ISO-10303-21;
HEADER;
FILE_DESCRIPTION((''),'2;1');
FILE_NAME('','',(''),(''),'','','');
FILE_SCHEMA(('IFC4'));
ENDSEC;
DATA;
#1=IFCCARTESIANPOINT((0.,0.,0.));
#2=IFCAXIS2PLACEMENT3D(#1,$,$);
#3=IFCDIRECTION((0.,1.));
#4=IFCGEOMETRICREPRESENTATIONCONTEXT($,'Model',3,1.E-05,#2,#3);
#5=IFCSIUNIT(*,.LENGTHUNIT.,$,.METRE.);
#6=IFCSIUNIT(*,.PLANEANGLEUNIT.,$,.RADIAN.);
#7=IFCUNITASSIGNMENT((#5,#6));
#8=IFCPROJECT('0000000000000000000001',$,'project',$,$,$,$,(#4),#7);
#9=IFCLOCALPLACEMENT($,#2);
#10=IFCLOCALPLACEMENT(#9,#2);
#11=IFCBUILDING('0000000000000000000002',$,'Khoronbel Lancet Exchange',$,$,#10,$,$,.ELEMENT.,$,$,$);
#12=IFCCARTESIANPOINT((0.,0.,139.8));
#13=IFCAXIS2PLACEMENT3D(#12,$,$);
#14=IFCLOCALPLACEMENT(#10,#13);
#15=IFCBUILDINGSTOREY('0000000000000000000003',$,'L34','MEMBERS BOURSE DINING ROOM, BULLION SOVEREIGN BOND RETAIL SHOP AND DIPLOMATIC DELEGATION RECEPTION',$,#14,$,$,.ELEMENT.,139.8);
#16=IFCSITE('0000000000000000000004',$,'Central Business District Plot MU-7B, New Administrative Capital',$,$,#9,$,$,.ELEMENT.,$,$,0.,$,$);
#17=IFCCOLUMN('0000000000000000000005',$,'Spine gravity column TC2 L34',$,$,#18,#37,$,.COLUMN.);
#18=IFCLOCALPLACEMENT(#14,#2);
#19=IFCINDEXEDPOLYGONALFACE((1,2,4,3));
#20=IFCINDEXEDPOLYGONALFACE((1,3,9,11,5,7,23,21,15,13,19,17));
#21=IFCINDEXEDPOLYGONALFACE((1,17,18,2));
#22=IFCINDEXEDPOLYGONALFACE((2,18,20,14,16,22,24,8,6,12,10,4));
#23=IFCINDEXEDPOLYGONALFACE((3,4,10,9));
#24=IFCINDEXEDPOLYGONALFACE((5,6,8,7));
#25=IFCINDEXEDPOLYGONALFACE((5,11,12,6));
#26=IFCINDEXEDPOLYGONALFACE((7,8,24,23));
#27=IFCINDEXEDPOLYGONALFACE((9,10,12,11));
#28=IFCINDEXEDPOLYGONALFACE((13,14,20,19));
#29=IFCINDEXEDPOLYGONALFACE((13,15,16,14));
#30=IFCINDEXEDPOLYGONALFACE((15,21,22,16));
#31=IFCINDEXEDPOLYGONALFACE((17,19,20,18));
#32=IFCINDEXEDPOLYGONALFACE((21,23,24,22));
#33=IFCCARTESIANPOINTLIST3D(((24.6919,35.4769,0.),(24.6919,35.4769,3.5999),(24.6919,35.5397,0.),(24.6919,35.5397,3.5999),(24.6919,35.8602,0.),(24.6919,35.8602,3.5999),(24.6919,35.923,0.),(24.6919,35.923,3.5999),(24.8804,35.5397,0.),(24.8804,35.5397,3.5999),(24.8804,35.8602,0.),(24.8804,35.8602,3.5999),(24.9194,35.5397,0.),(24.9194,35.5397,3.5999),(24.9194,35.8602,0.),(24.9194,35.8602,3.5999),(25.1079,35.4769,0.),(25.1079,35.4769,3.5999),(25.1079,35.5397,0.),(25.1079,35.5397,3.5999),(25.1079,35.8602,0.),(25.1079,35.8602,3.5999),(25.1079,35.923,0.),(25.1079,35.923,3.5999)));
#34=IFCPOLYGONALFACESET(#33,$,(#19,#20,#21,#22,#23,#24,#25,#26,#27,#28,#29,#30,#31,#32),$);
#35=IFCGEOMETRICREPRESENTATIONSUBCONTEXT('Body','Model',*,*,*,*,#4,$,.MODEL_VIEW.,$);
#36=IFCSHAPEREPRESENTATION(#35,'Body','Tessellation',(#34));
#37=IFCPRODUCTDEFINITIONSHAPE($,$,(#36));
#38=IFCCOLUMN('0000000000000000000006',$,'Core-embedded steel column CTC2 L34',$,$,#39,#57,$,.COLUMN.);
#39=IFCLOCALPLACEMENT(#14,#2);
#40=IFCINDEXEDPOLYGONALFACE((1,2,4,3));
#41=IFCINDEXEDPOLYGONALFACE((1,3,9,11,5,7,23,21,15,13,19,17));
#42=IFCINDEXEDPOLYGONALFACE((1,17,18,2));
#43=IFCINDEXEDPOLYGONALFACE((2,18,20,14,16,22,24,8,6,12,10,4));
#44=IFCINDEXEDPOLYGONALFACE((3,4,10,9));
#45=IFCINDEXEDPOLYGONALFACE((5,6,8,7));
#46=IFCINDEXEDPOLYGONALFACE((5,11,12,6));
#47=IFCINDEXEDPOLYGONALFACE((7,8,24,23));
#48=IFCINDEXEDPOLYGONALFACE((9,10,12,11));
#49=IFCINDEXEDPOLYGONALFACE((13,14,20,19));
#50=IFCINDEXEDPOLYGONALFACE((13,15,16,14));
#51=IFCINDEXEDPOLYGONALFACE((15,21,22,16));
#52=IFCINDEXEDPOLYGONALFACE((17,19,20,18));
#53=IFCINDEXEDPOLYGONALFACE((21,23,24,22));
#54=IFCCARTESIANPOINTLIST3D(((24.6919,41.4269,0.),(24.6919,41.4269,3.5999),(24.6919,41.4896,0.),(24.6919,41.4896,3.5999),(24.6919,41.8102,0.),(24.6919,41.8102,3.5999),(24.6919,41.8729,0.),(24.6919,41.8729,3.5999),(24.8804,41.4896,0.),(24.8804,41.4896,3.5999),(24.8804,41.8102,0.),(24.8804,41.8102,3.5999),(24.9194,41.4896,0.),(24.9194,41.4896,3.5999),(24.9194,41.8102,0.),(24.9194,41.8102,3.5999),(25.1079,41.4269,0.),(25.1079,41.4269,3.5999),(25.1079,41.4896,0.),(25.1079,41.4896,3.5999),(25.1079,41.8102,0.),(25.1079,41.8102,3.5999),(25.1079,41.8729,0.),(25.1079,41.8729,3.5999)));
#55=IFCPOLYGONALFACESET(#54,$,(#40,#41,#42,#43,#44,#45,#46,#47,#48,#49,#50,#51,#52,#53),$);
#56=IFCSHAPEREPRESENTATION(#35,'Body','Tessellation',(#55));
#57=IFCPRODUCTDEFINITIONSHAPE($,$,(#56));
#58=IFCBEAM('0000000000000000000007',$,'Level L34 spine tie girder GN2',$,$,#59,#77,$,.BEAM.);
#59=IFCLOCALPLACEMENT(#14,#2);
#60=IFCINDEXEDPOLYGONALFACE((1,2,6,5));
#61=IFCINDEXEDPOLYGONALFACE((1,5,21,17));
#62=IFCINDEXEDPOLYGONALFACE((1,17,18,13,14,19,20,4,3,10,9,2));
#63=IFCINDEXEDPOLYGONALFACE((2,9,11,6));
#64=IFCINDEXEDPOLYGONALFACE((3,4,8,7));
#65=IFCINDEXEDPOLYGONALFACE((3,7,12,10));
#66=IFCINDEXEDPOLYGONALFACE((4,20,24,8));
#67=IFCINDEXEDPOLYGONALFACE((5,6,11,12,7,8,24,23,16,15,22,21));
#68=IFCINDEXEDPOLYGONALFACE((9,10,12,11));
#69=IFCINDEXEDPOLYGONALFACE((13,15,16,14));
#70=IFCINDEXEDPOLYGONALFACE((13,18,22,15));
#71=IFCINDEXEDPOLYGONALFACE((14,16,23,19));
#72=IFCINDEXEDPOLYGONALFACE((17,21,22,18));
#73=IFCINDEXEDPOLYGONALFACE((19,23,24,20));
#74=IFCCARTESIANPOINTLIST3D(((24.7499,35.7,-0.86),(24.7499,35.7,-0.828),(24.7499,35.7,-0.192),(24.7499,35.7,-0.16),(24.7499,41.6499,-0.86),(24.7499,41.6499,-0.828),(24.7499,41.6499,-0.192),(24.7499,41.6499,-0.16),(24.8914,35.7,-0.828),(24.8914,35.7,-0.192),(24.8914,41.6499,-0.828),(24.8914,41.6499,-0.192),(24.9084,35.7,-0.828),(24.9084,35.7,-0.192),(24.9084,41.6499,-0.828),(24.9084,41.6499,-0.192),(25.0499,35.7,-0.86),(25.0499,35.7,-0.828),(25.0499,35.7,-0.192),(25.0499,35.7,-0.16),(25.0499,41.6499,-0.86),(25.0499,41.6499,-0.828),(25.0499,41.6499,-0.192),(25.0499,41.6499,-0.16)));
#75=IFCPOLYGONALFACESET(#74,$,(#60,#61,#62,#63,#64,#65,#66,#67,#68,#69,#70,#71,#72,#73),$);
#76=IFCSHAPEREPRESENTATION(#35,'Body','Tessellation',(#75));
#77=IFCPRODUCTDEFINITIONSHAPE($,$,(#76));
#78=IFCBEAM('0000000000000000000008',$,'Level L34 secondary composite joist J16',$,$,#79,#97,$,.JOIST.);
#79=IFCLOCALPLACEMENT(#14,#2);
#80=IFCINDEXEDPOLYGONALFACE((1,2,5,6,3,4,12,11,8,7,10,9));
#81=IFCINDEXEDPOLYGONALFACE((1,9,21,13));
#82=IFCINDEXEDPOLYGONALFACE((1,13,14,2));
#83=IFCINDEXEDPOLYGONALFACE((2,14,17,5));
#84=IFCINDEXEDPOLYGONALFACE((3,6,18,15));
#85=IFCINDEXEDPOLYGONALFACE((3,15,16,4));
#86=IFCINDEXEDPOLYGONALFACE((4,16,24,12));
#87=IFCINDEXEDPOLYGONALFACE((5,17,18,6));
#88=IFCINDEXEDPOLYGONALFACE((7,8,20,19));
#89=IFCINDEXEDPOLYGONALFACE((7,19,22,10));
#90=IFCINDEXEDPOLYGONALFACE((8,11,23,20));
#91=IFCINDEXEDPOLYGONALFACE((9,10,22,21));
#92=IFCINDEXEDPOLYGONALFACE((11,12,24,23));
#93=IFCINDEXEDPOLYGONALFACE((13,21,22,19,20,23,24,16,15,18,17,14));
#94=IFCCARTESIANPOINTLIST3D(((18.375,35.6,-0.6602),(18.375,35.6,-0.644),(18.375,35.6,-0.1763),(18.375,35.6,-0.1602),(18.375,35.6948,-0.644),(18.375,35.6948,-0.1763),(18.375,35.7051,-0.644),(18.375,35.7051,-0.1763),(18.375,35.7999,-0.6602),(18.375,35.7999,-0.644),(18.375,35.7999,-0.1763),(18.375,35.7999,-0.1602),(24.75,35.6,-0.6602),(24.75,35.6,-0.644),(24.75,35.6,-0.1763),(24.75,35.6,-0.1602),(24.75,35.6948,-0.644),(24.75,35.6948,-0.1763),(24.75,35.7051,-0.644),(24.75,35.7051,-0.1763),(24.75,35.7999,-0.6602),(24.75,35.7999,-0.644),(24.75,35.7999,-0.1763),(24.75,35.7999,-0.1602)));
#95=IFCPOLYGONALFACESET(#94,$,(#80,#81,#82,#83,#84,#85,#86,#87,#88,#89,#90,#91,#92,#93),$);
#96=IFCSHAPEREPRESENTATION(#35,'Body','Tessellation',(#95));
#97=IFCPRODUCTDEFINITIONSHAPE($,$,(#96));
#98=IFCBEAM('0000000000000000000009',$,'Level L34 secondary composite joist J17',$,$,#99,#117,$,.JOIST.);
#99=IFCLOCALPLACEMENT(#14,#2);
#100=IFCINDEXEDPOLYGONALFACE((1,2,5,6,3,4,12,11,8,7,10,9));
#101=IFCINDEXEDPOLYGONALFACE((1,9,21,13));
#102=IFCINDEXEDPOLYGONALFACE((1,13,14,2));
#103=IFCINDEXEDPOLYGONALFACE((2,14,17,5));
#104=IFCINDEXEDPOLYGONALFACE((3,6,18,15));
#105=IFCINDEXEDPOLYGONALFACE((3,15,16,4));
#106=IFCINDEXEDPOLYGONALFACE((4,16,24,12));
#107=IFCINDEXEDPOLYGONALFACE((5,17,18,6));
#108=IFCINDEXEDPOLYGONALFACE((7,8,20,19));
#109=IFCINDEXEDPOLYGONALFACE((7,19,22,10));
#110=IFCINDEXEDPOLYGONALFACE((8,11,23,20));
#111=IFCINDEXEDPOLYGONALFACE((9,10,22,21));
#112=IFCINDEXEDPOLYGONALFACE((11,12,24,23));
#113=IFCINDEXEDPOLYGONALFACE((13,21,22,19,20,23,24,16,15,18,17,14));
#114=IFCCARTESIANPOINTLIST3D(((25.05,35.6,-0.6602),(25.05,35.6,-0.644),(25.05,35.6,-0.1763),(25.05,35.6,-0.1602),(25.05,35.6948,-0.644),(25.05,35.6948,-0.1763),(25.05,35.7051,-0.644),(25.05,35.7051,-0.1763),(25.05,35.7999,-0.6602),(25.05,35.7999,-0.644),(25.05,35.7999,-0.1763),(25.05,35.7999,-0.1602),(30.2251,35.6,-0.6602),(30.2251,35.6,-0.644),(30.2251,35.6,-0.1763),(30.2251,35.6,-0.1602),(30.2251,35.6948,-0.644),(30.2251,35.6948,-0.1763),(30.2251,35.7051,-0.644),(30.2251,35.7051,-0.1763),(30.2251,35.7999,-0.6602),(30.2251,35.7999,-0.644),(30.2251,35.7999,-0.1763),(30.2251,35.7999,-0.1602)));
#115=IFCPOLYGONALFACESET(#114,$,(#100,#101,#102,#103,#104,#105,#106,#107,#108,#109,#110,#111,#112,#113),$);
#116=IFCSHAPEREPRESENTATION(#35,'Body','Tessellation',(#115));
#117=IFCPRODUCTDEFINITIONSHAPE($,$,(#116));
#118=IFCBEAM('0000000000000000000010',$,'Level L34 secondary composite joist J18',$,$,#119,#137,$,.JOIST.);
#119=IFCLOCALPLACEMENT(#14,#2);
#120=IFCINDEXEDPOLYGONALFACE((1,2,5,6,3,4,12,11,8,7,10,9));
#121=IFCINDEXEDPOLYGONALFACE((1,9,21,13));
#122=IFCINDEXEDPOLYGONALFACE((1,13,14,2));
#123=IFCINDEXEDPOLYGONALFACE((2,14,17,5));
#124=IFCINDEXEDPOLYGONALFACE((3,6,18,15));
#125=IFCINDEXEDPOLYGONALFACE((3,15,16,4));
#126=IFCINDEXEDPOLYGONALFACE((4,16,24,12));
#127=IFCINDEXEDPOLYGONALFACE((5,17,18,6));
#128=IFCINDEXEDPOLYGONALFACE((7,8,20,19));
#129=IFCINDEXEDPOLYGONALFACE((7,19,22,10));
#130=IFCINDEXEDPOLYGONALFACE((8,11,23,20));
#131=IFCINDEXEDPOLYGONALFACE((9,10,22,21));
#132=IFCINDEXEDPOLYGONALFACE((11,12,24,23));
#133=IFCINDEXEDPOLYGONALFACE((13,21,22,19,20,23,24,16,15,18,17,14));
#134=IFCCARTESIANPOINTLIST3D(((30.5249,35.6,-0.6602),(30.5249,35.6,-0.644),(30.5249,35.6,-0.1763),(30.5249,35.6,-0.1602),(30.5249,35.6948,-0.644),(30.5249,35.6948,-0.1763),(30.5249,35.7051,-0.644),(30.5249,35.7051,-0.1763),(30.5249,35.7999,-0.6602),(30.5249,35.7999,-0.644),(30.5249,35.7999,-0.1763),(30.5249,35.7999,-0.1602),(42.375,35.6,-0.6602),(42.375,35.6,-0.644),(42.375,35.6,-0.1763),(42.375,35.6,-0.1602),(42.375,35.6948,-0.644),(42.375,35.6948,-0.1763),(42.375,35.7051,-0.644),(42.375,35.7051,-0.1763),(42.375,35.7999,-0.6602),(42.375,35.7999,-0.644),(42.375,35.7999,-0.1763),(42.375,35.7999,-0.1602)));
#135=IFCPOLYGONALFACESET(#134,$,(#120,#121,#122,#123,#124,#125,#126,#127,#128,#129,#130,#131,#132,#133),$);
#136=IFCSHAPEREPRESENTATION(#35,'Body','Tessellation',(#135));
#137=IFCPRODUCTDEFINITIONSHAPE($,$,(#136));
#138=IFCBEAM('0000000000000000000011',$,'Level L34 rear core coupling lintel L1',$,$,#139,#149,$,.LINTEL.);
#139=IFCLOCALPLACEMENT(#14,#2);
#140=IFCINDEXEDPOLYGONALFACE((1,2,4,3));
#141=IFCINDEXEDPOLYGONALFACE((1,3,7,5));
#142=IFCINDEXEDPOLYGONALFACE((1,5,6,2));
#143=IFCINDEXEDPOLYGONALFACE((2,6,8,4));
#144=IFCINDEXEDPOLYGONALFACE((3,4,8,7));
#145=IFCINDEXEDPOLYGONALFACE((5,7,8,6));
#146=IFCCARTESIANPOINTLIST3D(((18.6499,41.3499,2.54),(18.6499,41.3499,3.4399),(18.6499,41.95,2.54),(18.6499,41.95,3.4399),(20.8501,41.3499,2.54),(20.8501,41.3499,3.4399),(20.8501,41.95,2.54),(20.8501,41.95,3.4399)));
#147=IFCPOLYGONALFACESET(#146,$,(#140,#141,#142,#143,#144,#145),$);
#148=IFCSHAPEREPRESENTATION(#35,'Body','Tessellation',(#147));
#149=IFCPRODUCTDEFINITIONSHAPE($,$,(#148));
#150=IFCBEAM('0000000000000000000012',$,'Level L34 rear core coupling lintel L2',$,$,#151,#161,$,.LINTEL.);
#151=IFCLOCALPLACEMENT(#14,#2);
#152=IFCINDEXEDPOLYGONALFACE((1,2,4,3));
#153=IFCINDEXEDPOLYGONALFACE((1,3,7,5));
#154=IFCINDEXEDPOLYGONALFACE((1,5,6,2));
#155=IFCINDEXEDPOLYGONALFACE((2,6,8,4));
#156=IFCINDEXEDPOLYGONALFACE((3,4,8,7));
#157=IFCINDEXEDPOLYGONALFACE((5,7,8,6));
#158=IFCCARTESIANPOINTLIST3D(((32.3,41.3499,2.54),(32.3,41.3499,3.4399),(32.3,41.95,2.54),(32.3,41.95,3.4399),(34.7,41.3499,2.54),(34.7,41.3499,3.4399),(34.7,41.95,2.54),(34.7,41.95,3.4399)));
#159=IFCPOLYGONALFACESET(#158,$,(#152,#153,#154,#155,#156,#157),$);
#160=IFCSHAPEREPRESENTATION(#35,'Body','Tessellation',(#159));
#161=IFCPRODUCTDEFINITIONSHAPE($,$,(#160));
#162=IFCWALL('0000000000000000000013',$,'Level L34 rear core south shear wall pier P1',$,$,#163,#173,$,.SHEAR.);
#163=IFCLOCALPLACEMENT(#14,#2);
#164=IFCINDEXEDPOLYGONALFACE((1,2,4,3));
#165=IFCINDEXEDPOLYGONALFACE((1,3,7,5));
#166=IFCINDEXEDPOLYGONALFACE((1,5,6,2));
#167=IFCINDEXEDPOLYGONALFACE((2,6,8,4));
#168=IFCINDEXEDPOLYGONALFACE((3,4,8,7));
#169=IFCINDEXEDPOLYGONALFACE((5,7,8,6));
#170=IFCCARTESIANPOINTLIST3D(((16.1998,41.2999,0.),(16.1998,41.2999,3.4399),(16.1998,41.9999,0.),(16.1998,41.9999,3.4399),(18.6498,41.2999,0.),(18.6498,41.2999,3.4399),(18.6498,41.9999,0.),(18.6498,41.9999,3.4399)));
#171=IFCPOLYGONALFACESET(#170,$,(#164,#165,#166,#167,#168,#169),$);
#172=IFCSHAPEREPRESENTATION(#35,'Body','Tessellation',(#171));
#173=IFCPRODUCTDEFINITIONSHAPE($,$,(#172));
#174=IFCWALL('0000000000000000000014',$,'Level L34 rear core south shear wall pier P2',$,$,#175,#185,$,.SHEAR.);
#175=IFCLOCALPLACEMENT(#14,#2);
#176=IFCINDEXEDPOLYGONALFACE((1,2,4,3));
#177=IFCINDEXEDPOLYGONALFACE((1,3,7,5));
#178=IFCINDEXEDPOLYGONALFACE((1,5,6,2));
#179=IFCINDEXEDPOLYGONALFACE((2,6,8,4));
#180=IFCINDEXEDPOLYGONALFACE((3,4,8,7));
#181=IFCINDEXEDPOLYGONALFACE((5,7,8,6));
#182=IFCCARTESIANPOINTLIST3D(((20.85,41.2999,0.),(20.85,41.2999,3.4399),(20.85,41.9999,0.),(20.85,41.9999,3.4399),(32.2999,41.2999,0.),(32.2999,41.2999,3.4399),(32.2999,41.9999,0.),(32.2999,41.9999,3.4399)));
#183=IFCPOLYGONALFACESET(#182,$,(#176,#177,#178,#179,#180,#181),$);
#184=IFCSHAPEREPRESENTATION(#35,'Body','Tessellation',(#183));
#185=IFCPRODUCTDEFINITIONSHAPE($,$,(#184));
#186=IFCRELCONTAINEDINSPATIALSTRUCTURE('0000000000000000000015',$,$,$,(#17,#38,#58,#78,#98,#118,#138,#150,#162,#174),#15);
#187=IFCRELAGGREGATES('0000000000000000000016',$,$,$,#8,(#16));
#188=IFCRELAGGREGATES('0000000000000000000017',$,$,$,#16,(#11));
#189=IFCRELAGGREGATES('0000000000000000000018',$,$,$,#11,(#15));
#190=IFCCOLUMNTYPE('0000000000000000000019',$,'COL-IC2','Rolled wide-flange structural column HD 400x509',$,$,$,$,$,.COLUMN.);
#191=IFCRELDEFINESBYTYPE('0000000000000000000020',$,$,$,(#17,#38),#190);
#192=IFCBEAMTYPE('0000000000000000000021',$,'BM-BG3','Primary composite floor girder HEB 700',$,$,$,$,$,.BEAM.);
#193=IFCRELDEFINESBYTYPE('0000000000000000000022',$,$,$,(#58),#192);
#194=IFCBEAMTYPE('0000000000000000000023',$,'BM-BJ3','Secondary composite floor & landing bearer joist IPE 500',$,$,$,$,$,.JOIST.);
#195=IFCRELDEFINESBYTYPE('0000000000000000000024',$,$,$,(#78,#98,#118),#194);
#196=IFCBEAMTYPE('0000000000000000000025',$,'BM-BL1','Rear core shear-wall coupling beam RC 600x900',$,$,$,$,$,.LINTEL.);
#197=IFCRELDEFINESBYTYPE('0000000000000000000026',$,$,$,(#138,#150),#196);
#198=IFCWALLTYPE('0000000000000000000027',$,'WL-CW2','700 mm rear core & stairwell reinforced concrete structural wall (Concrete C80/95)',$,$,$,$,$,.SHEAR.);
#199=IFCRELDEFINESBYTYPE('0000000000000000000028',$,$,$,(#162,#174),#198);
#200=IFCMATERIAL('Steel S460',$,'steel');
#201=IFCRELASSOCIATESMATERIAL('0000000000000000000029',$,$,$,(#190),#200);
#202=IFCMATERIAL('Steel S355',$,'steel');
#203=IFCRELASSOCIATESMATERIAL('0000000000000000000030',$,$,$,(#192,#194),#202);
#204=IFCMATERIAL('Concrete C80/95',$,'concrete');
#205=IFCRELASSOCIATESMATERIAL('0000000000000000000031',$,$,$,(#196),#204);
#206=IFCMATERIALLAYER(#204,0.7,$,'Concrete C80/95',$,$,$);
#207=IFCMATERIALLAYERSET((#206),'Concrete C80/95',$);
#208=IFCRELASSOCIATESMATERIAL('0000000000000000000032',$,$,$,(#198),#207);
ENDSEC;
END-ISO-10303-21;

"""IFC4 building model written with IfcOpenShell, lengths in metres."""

from ifc_helpers import new_model, si_unit, direction, frame, frame_2d, origin, origin_2d, place, context, subcontext, project, spatial, rectangle, i_section, extrude, material, layer, layer_set, material_profile, profile_set, type_object, element, save


model = new_model("IFC4")

# Units and contexts
model_context = context("Model", 3, precision=1e-05, world=origin(), true_north=direction((0.0, 1.0)))
body_context = subcontext(model_context, "Body", "Model", "MODEL_VIEW")
ifc_project = project(units=[si_unit("LENGTHUNIT", "METRE"), si_unit("PLANEANGLEUNIT", "RADIAN")], contexts=[model_context])

# Site, building, storey
site_placement = place(None, origin())
site = spatial("IfcSite", under=ifc_project, at=site_placement, Name="Central Business District Plot MU-7B, New Administrative Capital", CompositionType="ELEMENT", RefElevation=0.0)
building_placement = place(site_placement, origin())
building = spatial("IfcBuilding", under=site, at=building_placement, Name="Khoronbel Lancet Exchange", CompositionType="ELEMENT")
storey_placement = place(building_placement, frame((0.0, 0.0, 139.8)))
storey = spatial("IfcBuildingStorey", under=building, at=storey_placement, Name="L34", Description="MEMBERS BOURSE DINING ROOM, BULLION SOVEREIGN BOND RETAIL SHOP AND DIPLOMATIC DELEGATION RECEPTION", CompositionType="ELEMENT", Elevation=139.8)

# Columns
ifc_material_1 = material(Name="Steel S460", Category="steel")
ifc_material_profile_1 = material_profile(ifc_material_1, i_section(OverallWidth=0.416, OverallDepth=0.446, WebThickness=0.0391, FlangeThickness=0.0627, at=origin_2d()), Name="HD 400x509")
ifc_profile_set_1 = profile_set([ifc_material_profile_1], Name="Steel S460")
column_type = type_object("IfcColumnType", Name="COL-IC2", Description="Rolled wide-flange structural column HD 400x509", PredefinedType="COLUMN", material=ifc_profile_set_1)
for number, where, z_axis, x_axis, name in (
    (1, (24.8999, 35.7, 0.0), (0.0, 0.0, 1.0), (1.0, 0.0, 0.0), "Spine gravity column TC2 L34"),
    (2, (24.8999, 41.6499, 0.0), (0.0, 0.0, 1.0), (1.0, 0.0, 0.0), "Core-embedded steel column CTC2 L34"),
):
    element("IfcColumn", number, at=place(storey_placement, frame(where, z_axis=z_axis, x_axis=x_axis)), inside=storey, type_object=column_type, Name=name, PredefinedType="COLUMN", context=body_context, shape_type="SweptSolid", body=[
        extrude(i_section(OverallWidth=0.416, OverallDepth=0.446, WebThickness=0.0391, FlangeThickness=0.0627, at=origin_2d()), origin(), (0.0, 0.0, 1.0), 3.5999),
    ])

# Beams
ifc_material_2 = material(Name="Steel S355", Category="steel")
ifc_material_profile_2 = material_profile(ifc_material_2, i_section(OverallWidth=0.3, OverallDepth=0.7, WebThickness=0.0171, FlangeThickness=0.032, at=origin_2d()), Name="HEB 700")
ifc_profile_set_2 = profile_set([ifc_material_profile_2], Name="Steel S355")
beam_type_1 = type_object("IfcBeamType", Name="BM-BG3", Description="Primary composite floor girder HEB 700", PredefinedType="BEAM", material=ifc_profile_set_2)
beam_1_placement = place(storey_placement, frame((24.8999, 35.7, -0.51), z_axis=(0.0, 1.0, 0.0), x_axis=(-1.0, 0.0, 0.0)))
element("IfcBeam", 3, at=beam_1_placement, inside=storey, type_object=beam_type_1, Name="Level L34 spine tie girder GN2", PredefinedType="BEAM", context=body_context, shape_type="SweptSolid", body=[
    extrude(i_section(OverallWidth=0.3, OverallDepth=0.7, WebThickness=0.0171, FlangeThickness=0.032, at=origin_2d()), origin(), (0.0, 0.0, 1.0), 5.95),
])
ifc_material_profile_3 = material_profile(ifc_material_2, i_section(OverallWidth=0.2, OverallDepth=0.5, WebThickness=0.0103, FlangeThickness=0.0161, at=origin_2d()), Name="IPE 500")
ifc_profile_set_3 = profile_set([ifc_material_profile_3], Name="Steel S355")
beam_type_2 = type_object("IfcBeamType", Name="BM-BJ3", Description="Secondary composite floor & landing bearer joist IPE 500", PredefinedType="JOIST", material=ifc_profile_set_3)
beam_2_placement = place(storey_placement, frame((18.375, 35.7, -0.4102), z_axis=(1.0, 0.0, 0.0), x_axis=(0.0, 1.0, 0.0)))
element("IfcBeam", 4, at=beam_2_placement, inside=storey, type_object=beam_type_2, Name="Level L34 secondary composite joist J16", PredefinedType="JOIST", context=body_context, shape_type="SweptSolid", body=[
    extrude(i_section(OverallWidth=0.2, OverallDepth=0.5, WebThickness=0.0103, FlangeThickness=0.0161, at=origin_2d()), origin(), (0.0, 0.0, 1.0), 6.375),
])
beam_3_placement = place(storey_placement, frame((25.05, 35.7, -0.4102), z_axis=(1.0, 0.0, 0.0), x_axis=(0.0, 1.0, 0.0)))
element("IfcBeam", 5, at=beam_3_placement, inside=storey, type_object=beam_type_2, Name="Level L34 secondary composite joist J17", PredefinedType="JOIST", context=body_context, shape_type="SweptSolid", body=[
    extrude(i_section(OverallWidth=0.2, OverallDepth=0.5, WebThickness=0.0103, FlangeThickness=0.0161, at=origin_2d()), origin(), (0.0, 0.0, 1.0), 5.175),
])
beam_4_placement = place(storey_placement, frame((30.5249, 35.7, -0.4102), z_axis=(1.0, 0.0, 0.0), x_axis=(0.0, 1.0, 0.0)))
element("IfcBeam", 6, at=beam_4_placement, inside=storey, type_object=beam_type_2, Name="Level L34 secondary composite joist J18", PredefinedType="JOIST", context=body_context, shape_type="SweptSolid", body=[
    extrude(i_section(OverallWidth=0.2, OverallDepth=0.5, WebThickness=0.0103, FlangeThickness=0.0161, at=origin_2d()), origin(), (0.0, 0.0, 1.0), 11.8501),
])
ifc_material_3 = material(Name="Concrete C80/95", Category="concrete")
ifc_material_profile_4 = material_profile(ifc_material_3, rectangle(XDim=0.6001, YDim=0.8999, at=origin_2d()), Name="RC 600x900")
ifc_profile_set_4 = profile_set([ifc_material_profile_4], Name="Concrete C80/95")
beam_type_3 = type_object("IfcBeamType", Name="BM-BL1", Description="Rear core shear-wall coupling beam RC 600x900", PredefinedType="LINTEL", material=ifc_profile_set_4)
beam_5_placement = place(storey_placement, frame((18.6499, 41.6499, 2.99), z_axis=(1.0, 0.0, 0.0), x_axis=(0.0, 1.0, 0.0)))
element("IfcBeam", 7, at=beam_5_placement, inside=storey, type_object=beam_type_3, Name="Level L34 rear core coupling lintel L1", PredefinedType="LINTEL", context=body_context, shape_type="SweptSolid", body=[
    extrude(rectangle(XDim=0.6001, YDim=0.8999, at=origin_2d()), origin(), (0.0, 0.0, 1.0), 2.2002),
])
beam_6_placement = place(storey_placement, frame((32.3, 41.6499, 2.99), z_axis=(1.0, 0.0, 0.0), x_axis=(0.0, 1.0, 0.0)))
element("IfcBeam", 8, at=beam_6_placement, inside=storey, type_object=beam_type_3, Name="Level L34 rear core coupling lintel L2", PredefinedType="LINTEL", context=body_context, shape_type="SweptSolid", body=[
    extrude(rectangle(XDim=0.6001, YDim=0.8999, at=origin_2d()), origin(), (0.0, 0.0, 1.0), 2.3999),
])

# Walls
ifc_layer_1 = layer(ifc_material_3, 0.7, Name="Concrete C80/95")
ifc_layer_set_1 = layer_set([ifc_layer_1], Name="Concrete C80/95")
wall_type_1 = type_object("IfcWallType", Name="WL-CW2", Description="700 mm rear core & stairwell reinforced concrete structural wall (Concrete C80/95)", PredefinedType="SHEAR", material=ifc_layer_set_1)
wall_1_placement = place(storey_placement, frame((18.6499, 41.6499, 0.0), z_axis=(0.0, 0.0, 1.0), x_axis=(-1.0, 0.0, 0.0)))
element("IfcWall", 9, at=wall_1_placement, inside=storey, type_object=wall_type_1, Name="Level L34 rear core south shear wall pier P1", PredefinedType="SHEAR", context=body_context, shape_type="SweptSolid", body=[
    extrude(rectangle(XDim=2.45, YDim=0.7, at=frame_2d((1.2251, 0.0))), origin(), (0.0, 0.0, 1.0), 3.4399),
])
wall_2_placement = place(storey_placement, frame((32.3, 41.6499, 0.0), z_axis=(0.0, 0.0, 1.0), x_axis=(-1.0, 0.0, 0.0)))
element("IfcWall", 10, at=wall_2_placement, inside=storey, type_object=wall_type_1, Name="Level L34 rear core south shear wall pier P2", PredefinedType="SHEAR", context=body_context, shape_type="SweptSolid", body=[
    extrude(rectangle(XDim=11.45, YDim=0.7, at=frame_2d((5.7251, 0.0))), origin(), (0.0, 0.0, 1.0), 3.4399),
])

save(model, "model.ifc")
